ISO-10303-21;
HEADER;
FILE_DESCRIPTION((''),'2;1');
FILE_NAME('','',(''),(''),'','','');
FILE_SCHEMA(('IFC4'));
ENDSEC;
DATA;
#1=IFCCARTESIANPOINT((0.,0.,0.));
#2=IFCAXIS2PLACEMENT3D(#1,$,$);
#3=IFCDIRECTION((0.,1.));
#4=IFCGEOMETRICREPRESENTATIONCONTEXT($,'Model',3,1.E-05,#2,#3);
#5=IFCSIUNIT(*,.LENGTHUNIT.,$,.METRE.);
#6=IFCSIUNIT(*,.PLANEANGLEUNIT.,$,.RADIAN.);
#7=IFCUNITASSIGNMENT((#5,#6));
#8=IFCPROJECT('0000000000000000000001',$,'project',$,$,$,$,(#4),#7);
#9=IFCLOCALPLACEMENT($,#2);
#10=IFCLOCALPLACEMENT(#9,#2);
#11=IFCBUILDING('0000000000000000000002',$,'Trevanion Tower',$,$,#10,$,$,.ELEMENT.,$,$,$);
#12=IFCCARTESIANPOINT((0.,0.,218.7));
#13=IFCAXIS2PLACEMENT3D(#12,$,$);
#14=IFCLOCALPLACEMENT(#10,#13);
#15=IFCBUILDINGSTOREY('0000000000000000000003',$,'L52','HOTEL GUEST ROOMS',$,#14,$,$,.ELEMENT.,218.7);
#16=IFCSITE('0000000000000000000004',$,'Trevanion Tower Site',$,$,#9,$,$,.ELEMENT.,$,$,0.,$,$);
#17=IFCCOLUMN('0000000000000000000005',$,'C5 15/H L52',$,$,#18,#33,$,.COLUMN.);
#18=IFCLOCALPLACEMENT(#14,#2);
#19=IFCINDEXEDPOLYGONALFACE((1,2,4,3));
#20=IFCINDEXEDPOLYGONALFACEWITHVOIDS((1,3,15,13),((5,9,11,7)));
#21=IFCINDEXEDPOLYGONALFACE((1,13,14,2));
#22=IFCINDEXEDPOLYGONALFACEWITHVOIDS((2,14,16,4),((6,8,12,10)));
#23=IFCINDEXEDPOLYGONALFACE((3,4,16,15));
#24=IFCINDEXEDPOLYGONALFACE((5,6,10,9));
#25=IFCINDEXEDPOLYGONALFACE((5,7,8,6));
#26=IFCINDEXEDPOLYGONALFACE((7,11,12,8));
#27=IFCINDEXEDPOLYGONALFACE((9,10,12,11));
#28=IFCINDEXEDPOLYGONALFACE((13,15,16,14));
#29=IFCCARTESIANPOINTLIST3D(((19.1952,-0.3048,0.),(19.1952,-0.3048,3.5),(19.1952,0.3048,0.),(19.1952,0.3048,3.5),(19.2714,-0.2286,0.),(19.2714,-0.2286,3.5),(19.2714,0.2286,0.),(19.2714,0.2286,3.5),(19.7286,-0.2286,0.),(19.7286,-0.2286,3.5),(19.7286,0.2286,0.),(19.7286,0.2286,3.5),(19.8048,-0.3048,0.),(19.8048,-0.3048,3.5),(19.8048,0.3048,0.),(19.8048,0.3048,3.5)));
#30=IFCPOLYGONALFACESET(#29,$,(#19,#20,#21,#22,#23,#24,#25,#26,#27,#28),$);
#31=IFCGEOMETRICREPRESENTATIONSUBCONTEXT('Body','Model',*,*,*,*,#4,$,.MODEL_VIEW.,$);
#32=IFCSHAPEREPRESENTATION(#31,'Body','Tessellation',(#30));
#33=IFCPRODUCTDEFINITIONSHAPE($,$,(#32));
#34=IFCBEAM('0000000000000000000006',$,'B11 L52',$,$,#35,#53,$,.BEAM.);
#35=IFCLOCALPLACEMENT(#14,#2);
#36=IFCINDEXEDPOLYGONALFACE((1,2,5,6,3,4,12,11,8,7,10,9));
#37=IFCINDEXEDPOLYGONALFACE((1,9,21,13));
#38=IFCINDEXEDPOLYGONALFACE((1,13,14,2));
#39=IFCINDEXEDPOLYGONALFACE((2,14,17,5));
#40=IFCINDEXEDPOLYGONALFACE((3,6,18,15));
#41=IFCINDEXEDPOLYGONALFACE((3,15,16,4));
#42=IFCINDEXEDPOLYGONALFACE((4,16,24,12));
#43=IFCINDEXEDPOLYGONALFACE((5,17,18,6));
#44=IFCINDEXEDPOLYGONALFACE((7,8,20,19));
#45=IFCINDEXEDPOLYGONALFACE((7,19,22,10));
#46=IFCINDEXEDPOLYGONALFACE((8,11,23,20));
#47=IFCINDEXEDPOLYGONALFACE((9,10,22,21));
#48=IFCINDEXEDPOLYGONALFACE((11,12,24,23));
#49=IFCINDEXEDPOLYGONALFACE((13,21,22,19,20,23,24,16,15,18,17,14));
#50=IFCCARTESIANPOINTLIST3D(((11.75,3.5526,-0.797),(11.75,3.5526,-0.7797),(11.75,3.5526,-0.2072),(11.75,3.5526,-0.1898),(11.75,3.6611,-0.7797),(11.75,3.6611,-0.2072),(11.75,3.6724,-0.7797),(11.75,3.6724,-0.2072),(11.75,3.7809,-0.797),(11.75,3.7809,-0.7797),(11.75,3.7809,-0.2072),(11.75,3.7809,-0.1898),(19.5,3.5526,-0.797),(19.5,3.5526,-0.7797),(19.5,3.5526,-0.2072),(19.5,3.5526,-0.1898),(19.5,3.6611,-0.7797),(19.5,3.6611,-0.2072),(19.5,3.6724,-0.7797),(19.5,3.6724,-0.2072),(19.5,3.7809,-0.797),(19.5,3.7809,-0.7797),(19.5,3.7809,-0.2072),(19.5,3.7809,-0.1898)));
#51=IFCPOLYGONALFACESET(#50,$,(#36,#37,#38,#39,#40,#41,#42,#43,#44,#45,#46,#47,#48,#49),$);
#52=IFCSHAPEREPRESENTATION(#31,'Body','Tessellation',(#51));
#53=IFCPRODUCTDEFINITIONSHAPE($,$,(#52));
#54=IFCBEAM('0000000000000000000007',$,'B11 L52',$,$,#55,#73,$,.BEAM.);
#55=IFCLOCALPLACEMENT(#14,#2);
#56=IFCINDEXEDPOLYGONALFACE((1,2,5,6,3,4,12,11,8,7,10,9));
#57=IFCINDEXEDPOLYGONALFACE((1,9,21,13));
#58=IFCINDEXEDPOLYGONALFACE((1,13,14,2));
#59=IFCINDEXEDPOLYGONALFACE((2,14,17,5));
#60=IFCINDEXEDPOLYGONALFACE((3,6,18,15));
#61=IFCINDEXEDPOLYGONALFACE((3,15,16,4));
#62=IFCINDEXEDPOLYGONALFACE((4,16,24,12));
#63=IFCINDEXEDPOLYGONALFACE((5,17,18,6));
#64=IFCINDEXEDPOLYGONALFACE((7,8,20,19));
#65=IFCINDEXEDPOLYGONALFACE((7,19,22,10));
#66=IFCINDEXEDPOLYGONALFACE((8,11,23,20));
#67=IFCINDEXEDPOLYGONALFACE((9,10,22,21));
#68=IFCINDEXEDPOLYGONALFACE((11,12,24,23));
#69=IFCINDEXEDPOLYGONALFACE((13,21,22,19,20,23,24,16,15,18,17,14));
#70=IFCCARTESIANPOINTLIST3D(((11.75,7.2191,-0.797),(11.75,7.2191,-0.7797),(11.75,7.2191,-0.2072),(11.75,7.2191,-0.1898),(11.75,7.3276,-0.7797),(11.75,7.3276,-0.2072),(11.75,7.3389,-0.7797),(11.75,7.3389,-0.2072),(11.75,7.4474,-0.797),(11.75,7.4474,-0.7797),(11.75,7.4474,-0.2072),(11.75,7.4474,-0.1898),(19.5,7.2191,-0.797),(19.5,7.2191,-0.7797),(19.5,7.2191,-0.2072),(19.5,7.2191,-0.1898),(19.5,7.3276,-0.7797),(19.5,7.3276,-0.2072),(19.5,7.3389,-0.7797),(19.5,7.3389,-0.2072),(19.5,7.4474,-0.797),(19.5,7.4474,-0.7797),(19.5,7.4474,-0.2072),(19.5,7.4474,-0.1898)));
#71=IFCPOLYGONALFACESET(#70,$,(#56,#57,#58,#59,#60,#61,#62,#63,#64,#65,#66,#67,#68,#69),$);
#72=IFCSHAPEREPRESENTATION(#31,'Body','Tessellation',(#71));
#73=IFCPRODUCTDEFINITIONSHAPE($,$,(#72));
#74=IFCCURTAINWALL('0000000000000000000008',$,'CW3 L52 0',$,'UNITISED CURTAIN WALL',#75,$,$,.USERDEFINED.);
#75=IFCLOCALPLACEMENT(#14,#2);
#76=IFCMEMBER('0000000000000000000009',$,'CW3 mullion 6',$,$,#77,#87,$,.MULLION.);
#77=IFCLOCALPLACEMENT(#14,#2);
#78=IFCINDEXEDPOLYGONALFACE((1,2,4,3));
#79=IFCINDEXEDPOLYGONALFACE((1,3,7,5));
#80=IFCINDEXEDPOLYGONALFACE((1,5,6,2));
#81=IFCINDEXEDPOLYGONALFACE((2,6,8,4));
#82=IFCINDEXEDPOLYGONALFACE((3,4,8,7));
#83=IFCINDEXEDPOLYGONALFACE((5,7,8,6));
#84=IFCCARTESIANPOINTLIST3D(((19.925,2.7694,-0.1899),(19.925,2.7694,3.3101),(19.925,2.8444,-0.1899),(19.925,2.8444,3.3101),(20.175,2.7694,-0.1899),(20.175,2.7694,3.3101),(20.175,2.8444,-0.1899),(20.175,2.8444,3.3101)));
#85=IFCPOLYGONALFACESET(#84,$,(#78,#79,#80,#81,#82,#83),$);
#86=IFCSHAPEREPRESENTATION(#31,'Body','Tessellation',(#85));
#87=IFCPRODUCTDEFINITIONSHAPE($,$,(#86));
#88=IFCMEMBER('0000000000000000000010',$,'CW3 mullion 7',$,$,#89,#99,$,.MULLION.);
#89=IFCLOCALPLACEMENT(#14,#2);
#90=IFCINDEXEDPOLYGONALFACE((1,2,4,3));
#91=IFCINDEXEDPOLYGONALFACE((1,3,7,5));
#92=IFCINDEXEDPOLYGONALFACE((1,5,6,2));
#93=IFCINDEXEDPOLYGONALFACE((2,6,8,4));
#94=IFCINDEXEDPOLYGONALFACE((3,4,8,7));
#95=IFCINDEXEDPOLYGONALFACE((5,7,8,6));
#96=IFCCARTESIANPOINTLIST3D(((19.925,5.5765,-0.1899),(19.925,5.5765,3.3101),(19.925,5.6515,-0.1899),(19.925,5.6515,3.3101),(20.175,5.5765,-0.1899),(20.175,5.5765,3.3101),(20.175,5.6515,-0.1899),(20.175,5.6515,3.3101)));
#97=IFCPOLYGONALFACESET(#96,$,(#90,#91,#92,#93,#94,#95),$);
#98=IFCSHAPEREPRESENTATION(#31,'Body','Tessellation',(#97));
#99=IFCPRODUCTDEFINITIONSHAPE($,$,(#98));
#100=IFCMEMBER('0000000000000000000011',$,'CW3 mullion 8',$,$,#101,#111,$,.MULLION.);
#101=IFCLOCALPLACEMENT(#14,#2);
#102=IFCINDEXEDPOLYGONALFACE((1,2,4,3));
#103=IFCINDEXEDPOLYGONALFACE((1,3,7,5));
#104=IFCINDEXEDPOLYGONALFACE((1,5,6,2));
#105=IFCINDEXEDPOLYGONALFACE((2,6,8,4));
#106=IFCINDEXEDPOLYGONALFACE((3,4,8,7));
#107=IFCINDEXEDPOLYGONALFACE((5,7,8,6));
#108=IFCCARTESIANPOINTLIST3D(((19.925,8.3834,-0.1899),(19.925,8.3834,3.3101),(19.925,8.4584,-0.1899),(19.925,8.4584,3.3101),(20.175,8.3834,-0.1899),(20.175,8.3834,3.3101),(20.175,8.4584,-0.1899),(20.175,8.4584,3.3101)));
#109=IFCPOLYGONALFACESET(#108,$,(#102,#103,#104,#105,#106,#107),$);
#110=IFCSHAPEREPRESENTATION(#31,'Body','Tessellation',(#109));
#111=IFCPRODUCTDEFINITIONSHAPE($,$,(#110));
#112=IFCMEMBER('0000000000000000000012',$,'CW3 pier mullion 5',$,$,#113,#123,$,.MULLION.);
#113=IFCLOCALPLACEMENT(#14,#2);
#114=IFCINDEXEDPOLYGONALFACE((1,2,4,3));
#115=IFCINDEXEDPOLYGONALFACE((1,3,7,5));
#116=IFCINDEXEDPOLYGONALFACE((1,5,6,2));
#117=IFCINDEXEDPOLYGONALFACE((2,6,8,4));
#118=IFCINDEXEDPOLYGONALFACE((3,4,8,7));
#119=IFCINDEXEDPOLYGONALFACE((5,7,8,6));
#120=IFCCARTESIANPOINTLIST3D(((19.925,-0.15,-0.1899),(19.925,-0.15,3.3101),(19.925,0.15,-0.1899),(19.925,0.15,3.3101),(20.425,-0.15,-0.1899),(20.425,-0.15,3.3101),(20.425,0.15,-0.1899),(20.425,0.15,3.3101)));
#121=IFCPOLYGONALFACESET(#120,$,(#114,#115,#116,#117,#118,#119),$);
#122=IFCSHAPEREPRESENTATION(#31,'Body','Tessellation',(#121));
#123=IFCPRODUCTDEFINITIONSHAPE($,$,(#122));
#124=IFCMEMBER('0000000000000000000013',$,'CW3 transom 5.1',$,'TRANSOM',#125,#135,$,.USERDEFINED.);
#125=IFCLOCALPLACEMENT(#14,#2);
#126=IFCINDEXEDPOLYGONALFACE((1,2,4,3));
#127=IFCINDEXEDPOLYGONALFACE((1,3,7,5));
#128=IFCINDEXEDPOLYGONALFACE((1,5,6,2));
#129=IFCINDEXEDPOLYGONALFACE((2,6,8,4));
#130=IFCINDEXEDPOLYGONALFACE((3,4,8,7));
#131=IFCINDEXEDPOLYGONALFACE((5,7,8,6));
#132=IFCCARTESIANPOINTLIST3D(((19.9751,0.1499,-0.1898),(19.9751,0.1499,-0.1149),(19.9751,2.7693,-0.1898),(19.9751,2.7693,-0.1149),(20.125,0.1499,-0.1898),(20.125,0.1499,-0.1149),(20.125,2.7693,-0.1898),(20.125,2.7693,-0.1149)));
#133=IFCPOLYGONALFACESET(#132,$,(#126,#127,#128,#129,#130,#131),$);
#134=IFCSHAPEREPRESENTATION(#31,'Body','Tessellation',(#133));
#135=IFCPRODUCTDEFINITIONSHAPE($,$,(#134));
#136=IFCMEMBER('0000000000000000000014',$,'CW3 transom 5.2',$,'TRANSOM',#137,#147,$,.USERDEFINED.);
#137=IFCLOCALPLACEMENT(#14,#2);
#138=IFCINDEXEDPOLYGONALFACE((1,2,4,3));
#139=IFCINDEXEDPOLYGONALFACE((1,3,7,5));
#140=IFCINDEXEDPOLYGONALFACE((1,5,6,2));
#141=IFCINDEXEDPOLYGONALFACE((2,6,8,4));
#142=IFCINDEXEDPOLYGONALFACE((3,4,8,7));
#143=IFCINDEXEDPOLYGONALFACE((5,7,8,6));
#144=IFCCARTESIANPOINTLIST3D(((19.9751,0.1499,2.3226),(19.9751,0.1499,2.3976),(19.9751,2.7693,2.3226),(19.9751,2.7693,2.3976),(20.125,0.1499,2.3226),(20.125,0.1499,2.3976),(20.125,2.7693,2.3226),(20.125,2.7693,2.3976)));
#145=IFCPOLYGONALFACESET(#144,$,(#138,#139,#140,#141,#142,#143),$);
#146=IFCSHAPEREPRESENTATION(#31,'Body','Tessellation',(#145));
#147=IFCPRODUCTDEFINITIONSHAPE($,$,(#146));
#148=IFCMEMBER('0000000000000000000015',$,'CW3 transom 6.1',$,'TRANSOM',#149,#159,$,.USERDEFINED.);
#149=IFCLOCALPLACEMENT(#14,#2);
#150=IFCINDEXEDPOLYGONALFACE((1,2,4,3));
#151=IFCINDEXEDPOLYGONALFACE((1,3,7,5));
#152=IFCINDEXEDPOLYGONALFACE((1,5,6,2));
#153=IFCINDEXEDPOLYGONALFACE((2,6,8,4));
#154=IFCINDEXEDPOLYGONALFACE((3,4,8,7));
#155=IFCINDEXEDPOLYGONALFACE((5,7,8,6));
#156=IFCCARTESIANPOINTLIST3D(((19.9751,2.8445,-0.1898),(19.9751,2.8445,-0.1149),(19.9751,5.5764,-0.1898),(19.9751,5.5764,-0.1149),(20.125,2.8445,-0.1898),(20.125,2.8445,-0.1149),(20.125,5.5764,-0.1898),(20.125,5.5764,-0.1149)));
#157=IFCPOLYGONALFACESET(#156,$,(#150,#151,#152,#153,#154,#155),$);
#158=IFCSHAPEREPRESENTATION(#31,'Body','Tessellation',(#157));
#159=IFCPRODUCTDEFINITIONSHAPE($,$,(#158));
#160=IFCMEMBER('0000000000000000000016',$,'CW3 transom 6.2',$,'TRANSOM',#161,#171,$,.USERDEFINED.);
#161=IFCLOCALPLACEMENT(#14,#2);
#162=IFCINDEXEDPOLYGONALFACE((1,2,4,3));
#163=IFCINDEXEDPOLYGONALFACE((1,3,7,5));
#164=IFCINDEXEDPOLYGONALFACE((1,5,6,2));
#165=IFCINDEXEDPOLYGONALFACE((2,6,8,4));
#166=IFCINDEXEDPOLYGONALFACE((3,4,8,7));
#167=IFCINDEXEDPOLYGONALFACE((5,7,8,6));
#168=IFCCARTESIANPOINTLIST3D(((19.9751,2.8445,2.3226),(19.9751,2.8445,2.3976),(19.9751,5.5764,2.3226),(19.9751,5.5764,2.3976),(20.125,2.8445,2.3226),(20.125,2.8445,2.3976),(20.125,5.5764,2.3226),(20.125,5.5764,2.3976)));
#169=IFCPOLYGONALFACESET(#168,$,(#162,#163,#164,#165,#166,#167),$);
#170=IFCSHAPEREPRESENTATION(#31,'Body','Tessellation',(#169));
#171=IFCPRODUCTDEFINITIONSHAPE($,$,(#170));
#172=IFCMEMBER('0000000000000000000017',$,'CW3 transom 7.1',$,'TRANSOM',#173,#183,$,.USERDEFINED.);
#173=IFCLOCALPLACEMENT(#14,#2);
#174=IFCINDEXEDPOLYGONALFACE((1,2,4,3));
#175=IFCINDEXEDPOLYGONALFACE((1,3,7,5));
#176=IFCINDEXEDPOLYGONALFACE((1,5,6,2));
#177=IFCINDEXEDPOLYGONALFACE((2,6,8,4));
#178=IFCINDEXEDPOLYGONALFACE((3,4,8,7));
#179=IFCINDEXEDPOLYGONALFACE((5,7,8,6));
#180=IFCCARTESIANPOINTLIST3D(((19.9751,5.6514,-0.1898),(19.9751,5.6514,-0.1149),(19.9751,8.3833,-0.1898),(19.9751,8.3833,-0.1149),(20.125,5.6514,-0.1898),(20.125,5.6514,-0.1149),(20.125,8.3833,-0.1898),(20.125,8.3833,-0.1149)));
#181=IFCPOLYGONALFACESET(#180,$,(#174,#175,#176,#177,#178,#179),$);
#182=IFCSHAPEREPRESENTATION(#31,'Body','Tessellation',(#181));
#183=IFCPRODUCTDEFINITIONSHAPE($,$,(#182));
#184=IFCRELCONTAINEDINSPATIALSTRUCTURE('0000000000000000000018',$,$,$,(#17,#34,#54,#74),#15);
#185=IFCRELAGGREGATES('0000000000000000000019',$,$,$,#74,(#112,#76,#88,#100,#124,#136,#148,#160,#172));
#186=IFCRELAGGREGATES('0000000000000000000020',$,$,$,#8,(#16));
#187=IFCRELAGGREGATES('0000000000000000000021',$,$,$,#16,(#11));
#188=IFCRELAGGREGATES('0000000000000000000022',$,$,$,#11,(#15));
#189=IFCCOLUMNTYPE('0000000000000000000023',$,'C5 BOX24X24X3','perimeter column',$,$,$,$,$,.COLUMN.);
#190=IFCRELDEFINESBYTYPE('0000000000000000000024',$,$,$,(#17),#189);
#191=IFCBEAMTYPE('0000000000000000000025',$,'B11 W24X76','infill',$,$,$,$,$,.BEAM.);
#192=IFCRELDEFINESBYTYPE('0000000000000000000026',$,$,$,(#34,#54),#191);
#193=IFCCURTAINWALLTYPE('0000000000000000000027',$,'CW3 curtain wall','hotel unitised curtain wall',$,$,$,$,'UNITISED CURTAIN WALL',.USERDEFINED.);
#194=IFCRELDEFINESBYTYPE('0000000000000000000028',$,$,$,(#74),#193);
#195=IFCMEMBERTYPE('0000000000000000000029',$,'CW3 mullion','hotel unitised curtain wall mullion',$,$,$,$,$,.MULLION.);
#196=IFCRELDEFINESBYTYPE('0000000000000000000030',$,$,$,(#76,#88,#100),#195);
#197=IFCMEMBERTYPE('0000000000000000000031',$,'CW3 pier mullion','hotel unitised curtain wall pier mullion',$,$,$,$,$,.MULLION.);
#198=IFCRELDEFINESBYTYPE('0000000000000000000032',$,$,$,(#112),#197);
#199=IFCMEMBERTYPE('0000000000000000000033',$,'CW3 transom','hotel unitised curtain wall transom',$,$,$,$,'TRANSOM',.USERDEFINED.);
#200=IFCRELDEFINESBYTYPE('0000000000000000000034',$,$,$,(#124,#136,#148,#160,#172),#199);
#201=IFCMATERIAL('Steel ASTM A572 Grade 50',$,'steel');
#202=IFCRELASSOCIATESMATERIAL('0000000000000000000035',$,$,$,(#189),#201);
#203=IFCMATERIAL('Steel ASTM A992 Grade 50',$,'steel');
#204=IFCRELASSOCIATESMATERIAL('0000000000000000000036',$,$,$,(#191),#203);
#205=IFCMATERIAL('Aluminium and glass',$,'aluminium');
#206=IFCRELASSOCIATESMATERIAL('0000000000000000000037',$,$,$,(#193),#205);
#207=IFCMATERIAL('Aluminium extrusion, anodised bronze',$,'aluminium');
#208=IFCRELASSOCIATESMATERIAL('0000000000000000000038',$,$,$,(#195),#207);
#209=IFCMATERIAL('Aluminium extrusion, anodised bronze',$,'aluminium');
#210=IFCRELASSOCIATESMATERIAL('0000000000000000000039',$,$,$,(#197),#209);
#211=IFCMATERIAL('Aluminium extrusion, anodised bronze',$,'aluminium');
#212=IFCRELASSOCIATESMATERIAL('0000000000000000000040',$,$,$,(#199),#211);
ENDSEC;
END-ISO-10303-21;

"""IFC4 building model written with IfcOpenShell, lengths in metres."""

from ifc_helpers import new_model, si_unit, direction, frame, origin, origin_2d, place, context, subcontext, project, spatial, rectangle, hollow_rectangle, i_section, extrude, material, material_profile, profile_set, type_object, element, aggregate, save


model = new_model("IFC4")

# Units and contexts
model_context = context("Model", 3, precision=1e-05, world=origin(), true_north=direction((0.0, 1.0)))
body_context = subcontext(model_context, "Body", "Model", "MODEL_VIEW")
ifc_project = project(units=[si_unit("LENGTHUNIT", "METRE"), si_unit("PLANEANGLEUNIT", "RADIAN")], contexts=[model_context])

# Site, building, storey
site_placement = place(None, origin())
site = spatial("IfcSite", under=ifc_project, at=site_placement, Name="Trevanion Tower Site", CompositionType="ELEMENT", RefElevation=0.0)
building_placement = place(site_placement, origin())
building = spatial("IfcBuilding", under=site, at=building_placement, Name="Trevanion Tower", CompositionType="ELEMENT")
storey_placement = place(building_placement, frame((0.0, 0.0, 218.7)))
storey = spatial("IfcBuildingStorey", under=building, at=storey_placement, Name="L52", Description="HOTEL GUEST ROOMS", CompositionType="ELEMENT", Elevation=218.7)

# Column
ifc_material_1 = material(Name="Steel ASTM A572 Grade 50", Category="steel")
ifc_material_profile_1 = material_profile(ifc_material_1, hollow_rectangle(XDim=0.6096, YDim=0.6096, WallThickness=0.0762, at=origin_2d()), Name="BOX24X24X3")
ifc_profile_set_1 = profile_set([ifc_material_profile_1], Name="Steel ASTM A572 Grade 50")
column_type = type_object("IfcColumnType", Name="C5 BOX24X24X3", Description="perimeter column", PredefinedType="COLUMN", material=ifc_profile_set_1)
column_placement = place(storey_placement, frame((19.5, 0.0, 0.0), z_axis=(0.0, 0.0, 1.0), x_axis=(0.0, 1.0, 0.0)))
element("IfcColumn", 1, at=column_placement, inside=storey, type_object=column_type, Name="C5 15/H L52", PredefinedType="COLUMN", context=body_context, shape_type="SweptSolid", body=[
    extrude(hollow_rectangle(XDim=0.6096, YDim=0.6096, WallThickness=0.0762, at=origin_2d()), origin(), (0.0, 0.0, 1.0), 3.5),
])

# Beams
ifc_material_2 = material(Name="Steel ASTM A992 Grade 50", Category="steel")
ifc_material_profile_2 = material_profile(ifc_material_2, i_section(OverallWidth=0.2283, OverallDepth=0.6072, WebThickness=0.0112, FlangeThickness=0.0173, at=origin_2d()), Name="W24X76")
ifc_profile_set_2 = profile_set([ifc_material_profile_2], Name="Steel ASTM A992 Grade 50")
beam_type_1 = type_object("IfcBeamType", Name="B11 W24X76", Description="infill", PredefinedType="BEAM", material=ifc_profile_set_2)
for number, where, z_axis, x_axis, name in (
    (2, (11.75, 3.6667, -0.4934), (1.0, 0.0, 0.0), (0.0, 1.0, 0.0), "B11 L52"),
    (3, (11.75, 7.3333, -0.4934), (1.0, 0.0, 0.0), (0.0, 1.0, 0.0), "B11 L52"),
):
    element("IfcBeam", number, at=place(storey_placement, frame(where, z_axis=z_axis, x_axis=x_axis)), inside=storey, type_object=beam_type_1, Name=name, PredefinedType="BEAM", context=body_context, shape_type="SweptSolid", body=[
        extrude(i_section(OverallWidth=0.2283, OverallDepth=0.6072, WebThickness=0.0112, FlangeThickness=0.0173, at=origin_2d()), origin(), (0.0, 0.0, 1.0), 7.75),
    ])

# Curtain wall, members
ifc_material_3 = material(Name="Aluminium and glass", Category="aluminium")
curtain_wall_type = type_object("IfcCurtainWallType", Name="CW3 curtain wall", Description="hotel unitised curtain wall", ElementType="UNITISED CURTAIN WALL", PredefinedType="USERDEFINED", material=ifc_material_3)
curtain_wall_placement = place(storey_placement, origin())
curtain_wall = element("IfcCurtainWall", 4, at=curtain_wall_placement, inside=storey, type_object=curtain_wall_type, Name="CW3 L52 0", ObjectType="UNITISED CURTAIN WALL", PredefinedType="USERDEFINED")
ifc_material_4 = material(Name="Aluminium extrusion, anodised bronze", Category="aluminium")
ifc_material_profile_3 = material_profile(ifc_material_4, rectangle(XDim=0.075, YDim=0.25, at=origin_2d()), Name="CW3 mullion")
ifc_profile_set_3 = profile_set([ifc_material_profile_3], Name="Aluminium extrusion, anodised bronze")
member_type_1 = type_object("IfcMemberType", Name="CW3 mullion", Description="hotel unitised curtain wall mullion", PredefinedType="MULLION", material=ifc_profile_set_3)
member_1_placement = place(storey_placement, frame((20.05, 2.8069, -0.1899), z_axis=(0.0, 0.0, 1.0), x_axis=(0.0, 1.0, 0.0)))
member_1 = element("IfcMember", 5, at=member_1_placement, type_object=member_type_1, Name="CW3 mullion 6", PredefinedType="MULLION", context=body_context, shape_type="SweptSolid", body=[
    extrude(rectangle(XDim=0.075, YDim=0.25, at=origin_2d()), origin(), (0.0, 0.0, 1.0), 3.5),
])
member_2_placement = place(storey_placement, frame((20.05, 5.614, -0.1899), z_axis=(0.0, 0.0, 1.0), x_axis=(0.0, 1.0, 0.0)))
member_2 = element("IfcMember", 6, at=member_2_placement, type_object=member_type_1, Name="CW3 mullion 7", PredefinedType="MULLION", context=body_context, shape_type="SweptSolid", body=[
    extrude(rectangle(XDim=0.075, YDim=0.25, at=origin_2d()), origin(), (0.0, 0.0, 1.0), 3.5),
])
member_3_placement = place(storey_placement, frame((20.05, 8.4209, -0.1899), z_axis=(0.0, 0.0, 1.0), x_axis=(0.0, 1.0, 0.0)))
member_3 = element("IfcMember", 7, at=member_3_placement, type_object=member_type_1, Name="CW3 mullion 8", PredefinedType="MULLION", context=body_context, shape_type="SweptSolid", body=[
    extrude(rectangle(XDim=0.075, YDim=0.25, at=origin_2d()), origin(), (0.0, 0.0, 1.0), 3.5),
])
ifc_material_5 = material(Name="Aluminium extrusion, anodised bronze", Category="aluminium")
ifc_material_profile_4 = material_profile(ifc_material_5, rectangle(XDim=0.3, YDim=0.5, at=origin_2d()), Name="CW3 pier mullion")
ifc_profile_set_4 = profile_set([ifc_material_profile_4], Name="Aluminium extrusion, anodised bronze")
member_type_2 = type_object("IfcMemberType", Name="CW3 pier mullion", Description="hotel unitised curtain wall pier mullion", PredefinedType="MULLION", material=ifc_profile_set_4)
member_4_placement = place(storey_placement, frame((20.175, 0.0, -0.1899), z_axis=(0.0, 0.0, 1.0), x_axis=(0.0, 1.0, 0.0)))
member_4 = element("IfcMember", 8, at=member_4_placement, type_object=member_type_2, Name="CW3 pier mullion 5", PredefinedType="MULLION", context=body_context, shape_type="SweptSolid", body=[
    extrude(rectangle(XDim=0.3, YDim=0.5, at=origin_2d()), origin(), (0.0, 0.0, 1.0), 3.5),
])
ifc_material_6 = material(Name="Aluminium extrusion, anodised bronze", Category="aluminium")
ifc_material_profile_5 = material_profile(ifc_material_6, rectangle(XDim=0.1499, YDim=0.075, at=origin_2d()), Name="CW3 transom")
ifc_profile_set_5 = profile_set([ifc_material_profile_5], Name="Aluminium extrusion, anodised bronze")
member_type_3 = type_object("IfcMemberType", Name="CW3 transom", Description="hotel unitised curtain wall transom", ElementType="TRANSOM", PredefinedType="USERDEFINED", material=ifc_profile_set_5)
member_5_placement = place(storey_placement, frame((20.05, 0.1499, -0.1523), z_axis=(0.0, 1.0, 0.0), x_axis=(-1.0, 0.0, 0.0)))
member_5 = element("IfcMember", 9, at=member_5_placement, type_object=member_type_3, Name="CW3 transom 5.1", ObjectType="TRANSOM", PredefinedType="USERDEFINED", context=body_context, shape_type="SweptSolid", body=[
    extrude(rectangle(XDim=0.1499, YDim=0.075, at=origin_2d()), origin(), (0.0, 0.0, 1.0), 2.6194),
])
member_6_placement = place(storey_placement, frame((20.05, 0.1499, 2.3601), z_axis=(0.0, 1.0, 0.0), x_axis=(-1.0, 0.0, 0.0)))
member_6 = element("IfcMember", 10, at=member_6_placement, type_object=member_type_3, Name="CW3 transom 5.2", ObjectType="TRANSOM", PredefinedType="USERDEFINED", context=body_context, shape_type="SweptSolid", body=[
    extrude(rectangle(XDim=0.1499, YDim=0.075, at=origin_2d()), origin(), (0.0, 0.0, 1.0), 2.6194),
])
member_7_placement = place(storey_placement, frame((20.05, 2.8445, -0.1523), z_axis=(0.0, 1.0, 0.0), x_axis=(-1.0, 0.0, 0.0)))
member_7 = element("IfcMember", 11, at=member_7_placement, type_object=member_type_3, Name="CW3 transom 6.1", ObjectType="TRANSOM", PredefinedType="USERDEFINED", context=body_context, shape_type="SweptSolid", body=[
    extrude(rectangle(XDim=0.1499, YDim=0.075, at=origin_2d()), origin(), (0.0, 0.0, 1.0), 2.7319),
])
member_8_placement = place(storey_placement, frame((20.05, 2.8445, 2.3601), z_axis=(0.0, 1.0, 0.0), x_axis=(-1.0, 0.0, 0.0)))
member_8 = element("IfcMember", 12, at=member_8_placement, type_object=member_type_3, Name="CW3 transom 6.2", ObjectType="TRANSOM", PredefinedType="USERDEFINED", context=body_context, shape_type="SweptSolid", body=[
    extrude(rectangle(XDim=0.1499, YDim=0.075, at=origin_2d()), origin(), (0.0, 0.0, 1.0), 2.7319),
])
member_9_placement = place(storey_placement, frame((20.05, 5.6514, -0.1523), z_axis=(0.0, 1.0, 0.0), x_axis=(-1.0, 0.0, 0.0)))
member_9 = element("IfcMember", 13, at=member_9_placement, type_object=member_type_3, Name="CW3 transom 7.1", ObjectType="TRANSOM", PredefinedType="USERDEFINED", context=body_context, shape_type="SweptSolid", body=[
    extrude(rectangle(XDim=0.1499, YDim=0.075, at=origin_2d()), origin(), (0.0, 0.0, 1.0), 2.7319),
])

aggregate(curtain_wall, [member_4, member_1, member_2, member_3, member_5, member_6, member_7, member_8, member_9])

save(model, "model.ifc")
